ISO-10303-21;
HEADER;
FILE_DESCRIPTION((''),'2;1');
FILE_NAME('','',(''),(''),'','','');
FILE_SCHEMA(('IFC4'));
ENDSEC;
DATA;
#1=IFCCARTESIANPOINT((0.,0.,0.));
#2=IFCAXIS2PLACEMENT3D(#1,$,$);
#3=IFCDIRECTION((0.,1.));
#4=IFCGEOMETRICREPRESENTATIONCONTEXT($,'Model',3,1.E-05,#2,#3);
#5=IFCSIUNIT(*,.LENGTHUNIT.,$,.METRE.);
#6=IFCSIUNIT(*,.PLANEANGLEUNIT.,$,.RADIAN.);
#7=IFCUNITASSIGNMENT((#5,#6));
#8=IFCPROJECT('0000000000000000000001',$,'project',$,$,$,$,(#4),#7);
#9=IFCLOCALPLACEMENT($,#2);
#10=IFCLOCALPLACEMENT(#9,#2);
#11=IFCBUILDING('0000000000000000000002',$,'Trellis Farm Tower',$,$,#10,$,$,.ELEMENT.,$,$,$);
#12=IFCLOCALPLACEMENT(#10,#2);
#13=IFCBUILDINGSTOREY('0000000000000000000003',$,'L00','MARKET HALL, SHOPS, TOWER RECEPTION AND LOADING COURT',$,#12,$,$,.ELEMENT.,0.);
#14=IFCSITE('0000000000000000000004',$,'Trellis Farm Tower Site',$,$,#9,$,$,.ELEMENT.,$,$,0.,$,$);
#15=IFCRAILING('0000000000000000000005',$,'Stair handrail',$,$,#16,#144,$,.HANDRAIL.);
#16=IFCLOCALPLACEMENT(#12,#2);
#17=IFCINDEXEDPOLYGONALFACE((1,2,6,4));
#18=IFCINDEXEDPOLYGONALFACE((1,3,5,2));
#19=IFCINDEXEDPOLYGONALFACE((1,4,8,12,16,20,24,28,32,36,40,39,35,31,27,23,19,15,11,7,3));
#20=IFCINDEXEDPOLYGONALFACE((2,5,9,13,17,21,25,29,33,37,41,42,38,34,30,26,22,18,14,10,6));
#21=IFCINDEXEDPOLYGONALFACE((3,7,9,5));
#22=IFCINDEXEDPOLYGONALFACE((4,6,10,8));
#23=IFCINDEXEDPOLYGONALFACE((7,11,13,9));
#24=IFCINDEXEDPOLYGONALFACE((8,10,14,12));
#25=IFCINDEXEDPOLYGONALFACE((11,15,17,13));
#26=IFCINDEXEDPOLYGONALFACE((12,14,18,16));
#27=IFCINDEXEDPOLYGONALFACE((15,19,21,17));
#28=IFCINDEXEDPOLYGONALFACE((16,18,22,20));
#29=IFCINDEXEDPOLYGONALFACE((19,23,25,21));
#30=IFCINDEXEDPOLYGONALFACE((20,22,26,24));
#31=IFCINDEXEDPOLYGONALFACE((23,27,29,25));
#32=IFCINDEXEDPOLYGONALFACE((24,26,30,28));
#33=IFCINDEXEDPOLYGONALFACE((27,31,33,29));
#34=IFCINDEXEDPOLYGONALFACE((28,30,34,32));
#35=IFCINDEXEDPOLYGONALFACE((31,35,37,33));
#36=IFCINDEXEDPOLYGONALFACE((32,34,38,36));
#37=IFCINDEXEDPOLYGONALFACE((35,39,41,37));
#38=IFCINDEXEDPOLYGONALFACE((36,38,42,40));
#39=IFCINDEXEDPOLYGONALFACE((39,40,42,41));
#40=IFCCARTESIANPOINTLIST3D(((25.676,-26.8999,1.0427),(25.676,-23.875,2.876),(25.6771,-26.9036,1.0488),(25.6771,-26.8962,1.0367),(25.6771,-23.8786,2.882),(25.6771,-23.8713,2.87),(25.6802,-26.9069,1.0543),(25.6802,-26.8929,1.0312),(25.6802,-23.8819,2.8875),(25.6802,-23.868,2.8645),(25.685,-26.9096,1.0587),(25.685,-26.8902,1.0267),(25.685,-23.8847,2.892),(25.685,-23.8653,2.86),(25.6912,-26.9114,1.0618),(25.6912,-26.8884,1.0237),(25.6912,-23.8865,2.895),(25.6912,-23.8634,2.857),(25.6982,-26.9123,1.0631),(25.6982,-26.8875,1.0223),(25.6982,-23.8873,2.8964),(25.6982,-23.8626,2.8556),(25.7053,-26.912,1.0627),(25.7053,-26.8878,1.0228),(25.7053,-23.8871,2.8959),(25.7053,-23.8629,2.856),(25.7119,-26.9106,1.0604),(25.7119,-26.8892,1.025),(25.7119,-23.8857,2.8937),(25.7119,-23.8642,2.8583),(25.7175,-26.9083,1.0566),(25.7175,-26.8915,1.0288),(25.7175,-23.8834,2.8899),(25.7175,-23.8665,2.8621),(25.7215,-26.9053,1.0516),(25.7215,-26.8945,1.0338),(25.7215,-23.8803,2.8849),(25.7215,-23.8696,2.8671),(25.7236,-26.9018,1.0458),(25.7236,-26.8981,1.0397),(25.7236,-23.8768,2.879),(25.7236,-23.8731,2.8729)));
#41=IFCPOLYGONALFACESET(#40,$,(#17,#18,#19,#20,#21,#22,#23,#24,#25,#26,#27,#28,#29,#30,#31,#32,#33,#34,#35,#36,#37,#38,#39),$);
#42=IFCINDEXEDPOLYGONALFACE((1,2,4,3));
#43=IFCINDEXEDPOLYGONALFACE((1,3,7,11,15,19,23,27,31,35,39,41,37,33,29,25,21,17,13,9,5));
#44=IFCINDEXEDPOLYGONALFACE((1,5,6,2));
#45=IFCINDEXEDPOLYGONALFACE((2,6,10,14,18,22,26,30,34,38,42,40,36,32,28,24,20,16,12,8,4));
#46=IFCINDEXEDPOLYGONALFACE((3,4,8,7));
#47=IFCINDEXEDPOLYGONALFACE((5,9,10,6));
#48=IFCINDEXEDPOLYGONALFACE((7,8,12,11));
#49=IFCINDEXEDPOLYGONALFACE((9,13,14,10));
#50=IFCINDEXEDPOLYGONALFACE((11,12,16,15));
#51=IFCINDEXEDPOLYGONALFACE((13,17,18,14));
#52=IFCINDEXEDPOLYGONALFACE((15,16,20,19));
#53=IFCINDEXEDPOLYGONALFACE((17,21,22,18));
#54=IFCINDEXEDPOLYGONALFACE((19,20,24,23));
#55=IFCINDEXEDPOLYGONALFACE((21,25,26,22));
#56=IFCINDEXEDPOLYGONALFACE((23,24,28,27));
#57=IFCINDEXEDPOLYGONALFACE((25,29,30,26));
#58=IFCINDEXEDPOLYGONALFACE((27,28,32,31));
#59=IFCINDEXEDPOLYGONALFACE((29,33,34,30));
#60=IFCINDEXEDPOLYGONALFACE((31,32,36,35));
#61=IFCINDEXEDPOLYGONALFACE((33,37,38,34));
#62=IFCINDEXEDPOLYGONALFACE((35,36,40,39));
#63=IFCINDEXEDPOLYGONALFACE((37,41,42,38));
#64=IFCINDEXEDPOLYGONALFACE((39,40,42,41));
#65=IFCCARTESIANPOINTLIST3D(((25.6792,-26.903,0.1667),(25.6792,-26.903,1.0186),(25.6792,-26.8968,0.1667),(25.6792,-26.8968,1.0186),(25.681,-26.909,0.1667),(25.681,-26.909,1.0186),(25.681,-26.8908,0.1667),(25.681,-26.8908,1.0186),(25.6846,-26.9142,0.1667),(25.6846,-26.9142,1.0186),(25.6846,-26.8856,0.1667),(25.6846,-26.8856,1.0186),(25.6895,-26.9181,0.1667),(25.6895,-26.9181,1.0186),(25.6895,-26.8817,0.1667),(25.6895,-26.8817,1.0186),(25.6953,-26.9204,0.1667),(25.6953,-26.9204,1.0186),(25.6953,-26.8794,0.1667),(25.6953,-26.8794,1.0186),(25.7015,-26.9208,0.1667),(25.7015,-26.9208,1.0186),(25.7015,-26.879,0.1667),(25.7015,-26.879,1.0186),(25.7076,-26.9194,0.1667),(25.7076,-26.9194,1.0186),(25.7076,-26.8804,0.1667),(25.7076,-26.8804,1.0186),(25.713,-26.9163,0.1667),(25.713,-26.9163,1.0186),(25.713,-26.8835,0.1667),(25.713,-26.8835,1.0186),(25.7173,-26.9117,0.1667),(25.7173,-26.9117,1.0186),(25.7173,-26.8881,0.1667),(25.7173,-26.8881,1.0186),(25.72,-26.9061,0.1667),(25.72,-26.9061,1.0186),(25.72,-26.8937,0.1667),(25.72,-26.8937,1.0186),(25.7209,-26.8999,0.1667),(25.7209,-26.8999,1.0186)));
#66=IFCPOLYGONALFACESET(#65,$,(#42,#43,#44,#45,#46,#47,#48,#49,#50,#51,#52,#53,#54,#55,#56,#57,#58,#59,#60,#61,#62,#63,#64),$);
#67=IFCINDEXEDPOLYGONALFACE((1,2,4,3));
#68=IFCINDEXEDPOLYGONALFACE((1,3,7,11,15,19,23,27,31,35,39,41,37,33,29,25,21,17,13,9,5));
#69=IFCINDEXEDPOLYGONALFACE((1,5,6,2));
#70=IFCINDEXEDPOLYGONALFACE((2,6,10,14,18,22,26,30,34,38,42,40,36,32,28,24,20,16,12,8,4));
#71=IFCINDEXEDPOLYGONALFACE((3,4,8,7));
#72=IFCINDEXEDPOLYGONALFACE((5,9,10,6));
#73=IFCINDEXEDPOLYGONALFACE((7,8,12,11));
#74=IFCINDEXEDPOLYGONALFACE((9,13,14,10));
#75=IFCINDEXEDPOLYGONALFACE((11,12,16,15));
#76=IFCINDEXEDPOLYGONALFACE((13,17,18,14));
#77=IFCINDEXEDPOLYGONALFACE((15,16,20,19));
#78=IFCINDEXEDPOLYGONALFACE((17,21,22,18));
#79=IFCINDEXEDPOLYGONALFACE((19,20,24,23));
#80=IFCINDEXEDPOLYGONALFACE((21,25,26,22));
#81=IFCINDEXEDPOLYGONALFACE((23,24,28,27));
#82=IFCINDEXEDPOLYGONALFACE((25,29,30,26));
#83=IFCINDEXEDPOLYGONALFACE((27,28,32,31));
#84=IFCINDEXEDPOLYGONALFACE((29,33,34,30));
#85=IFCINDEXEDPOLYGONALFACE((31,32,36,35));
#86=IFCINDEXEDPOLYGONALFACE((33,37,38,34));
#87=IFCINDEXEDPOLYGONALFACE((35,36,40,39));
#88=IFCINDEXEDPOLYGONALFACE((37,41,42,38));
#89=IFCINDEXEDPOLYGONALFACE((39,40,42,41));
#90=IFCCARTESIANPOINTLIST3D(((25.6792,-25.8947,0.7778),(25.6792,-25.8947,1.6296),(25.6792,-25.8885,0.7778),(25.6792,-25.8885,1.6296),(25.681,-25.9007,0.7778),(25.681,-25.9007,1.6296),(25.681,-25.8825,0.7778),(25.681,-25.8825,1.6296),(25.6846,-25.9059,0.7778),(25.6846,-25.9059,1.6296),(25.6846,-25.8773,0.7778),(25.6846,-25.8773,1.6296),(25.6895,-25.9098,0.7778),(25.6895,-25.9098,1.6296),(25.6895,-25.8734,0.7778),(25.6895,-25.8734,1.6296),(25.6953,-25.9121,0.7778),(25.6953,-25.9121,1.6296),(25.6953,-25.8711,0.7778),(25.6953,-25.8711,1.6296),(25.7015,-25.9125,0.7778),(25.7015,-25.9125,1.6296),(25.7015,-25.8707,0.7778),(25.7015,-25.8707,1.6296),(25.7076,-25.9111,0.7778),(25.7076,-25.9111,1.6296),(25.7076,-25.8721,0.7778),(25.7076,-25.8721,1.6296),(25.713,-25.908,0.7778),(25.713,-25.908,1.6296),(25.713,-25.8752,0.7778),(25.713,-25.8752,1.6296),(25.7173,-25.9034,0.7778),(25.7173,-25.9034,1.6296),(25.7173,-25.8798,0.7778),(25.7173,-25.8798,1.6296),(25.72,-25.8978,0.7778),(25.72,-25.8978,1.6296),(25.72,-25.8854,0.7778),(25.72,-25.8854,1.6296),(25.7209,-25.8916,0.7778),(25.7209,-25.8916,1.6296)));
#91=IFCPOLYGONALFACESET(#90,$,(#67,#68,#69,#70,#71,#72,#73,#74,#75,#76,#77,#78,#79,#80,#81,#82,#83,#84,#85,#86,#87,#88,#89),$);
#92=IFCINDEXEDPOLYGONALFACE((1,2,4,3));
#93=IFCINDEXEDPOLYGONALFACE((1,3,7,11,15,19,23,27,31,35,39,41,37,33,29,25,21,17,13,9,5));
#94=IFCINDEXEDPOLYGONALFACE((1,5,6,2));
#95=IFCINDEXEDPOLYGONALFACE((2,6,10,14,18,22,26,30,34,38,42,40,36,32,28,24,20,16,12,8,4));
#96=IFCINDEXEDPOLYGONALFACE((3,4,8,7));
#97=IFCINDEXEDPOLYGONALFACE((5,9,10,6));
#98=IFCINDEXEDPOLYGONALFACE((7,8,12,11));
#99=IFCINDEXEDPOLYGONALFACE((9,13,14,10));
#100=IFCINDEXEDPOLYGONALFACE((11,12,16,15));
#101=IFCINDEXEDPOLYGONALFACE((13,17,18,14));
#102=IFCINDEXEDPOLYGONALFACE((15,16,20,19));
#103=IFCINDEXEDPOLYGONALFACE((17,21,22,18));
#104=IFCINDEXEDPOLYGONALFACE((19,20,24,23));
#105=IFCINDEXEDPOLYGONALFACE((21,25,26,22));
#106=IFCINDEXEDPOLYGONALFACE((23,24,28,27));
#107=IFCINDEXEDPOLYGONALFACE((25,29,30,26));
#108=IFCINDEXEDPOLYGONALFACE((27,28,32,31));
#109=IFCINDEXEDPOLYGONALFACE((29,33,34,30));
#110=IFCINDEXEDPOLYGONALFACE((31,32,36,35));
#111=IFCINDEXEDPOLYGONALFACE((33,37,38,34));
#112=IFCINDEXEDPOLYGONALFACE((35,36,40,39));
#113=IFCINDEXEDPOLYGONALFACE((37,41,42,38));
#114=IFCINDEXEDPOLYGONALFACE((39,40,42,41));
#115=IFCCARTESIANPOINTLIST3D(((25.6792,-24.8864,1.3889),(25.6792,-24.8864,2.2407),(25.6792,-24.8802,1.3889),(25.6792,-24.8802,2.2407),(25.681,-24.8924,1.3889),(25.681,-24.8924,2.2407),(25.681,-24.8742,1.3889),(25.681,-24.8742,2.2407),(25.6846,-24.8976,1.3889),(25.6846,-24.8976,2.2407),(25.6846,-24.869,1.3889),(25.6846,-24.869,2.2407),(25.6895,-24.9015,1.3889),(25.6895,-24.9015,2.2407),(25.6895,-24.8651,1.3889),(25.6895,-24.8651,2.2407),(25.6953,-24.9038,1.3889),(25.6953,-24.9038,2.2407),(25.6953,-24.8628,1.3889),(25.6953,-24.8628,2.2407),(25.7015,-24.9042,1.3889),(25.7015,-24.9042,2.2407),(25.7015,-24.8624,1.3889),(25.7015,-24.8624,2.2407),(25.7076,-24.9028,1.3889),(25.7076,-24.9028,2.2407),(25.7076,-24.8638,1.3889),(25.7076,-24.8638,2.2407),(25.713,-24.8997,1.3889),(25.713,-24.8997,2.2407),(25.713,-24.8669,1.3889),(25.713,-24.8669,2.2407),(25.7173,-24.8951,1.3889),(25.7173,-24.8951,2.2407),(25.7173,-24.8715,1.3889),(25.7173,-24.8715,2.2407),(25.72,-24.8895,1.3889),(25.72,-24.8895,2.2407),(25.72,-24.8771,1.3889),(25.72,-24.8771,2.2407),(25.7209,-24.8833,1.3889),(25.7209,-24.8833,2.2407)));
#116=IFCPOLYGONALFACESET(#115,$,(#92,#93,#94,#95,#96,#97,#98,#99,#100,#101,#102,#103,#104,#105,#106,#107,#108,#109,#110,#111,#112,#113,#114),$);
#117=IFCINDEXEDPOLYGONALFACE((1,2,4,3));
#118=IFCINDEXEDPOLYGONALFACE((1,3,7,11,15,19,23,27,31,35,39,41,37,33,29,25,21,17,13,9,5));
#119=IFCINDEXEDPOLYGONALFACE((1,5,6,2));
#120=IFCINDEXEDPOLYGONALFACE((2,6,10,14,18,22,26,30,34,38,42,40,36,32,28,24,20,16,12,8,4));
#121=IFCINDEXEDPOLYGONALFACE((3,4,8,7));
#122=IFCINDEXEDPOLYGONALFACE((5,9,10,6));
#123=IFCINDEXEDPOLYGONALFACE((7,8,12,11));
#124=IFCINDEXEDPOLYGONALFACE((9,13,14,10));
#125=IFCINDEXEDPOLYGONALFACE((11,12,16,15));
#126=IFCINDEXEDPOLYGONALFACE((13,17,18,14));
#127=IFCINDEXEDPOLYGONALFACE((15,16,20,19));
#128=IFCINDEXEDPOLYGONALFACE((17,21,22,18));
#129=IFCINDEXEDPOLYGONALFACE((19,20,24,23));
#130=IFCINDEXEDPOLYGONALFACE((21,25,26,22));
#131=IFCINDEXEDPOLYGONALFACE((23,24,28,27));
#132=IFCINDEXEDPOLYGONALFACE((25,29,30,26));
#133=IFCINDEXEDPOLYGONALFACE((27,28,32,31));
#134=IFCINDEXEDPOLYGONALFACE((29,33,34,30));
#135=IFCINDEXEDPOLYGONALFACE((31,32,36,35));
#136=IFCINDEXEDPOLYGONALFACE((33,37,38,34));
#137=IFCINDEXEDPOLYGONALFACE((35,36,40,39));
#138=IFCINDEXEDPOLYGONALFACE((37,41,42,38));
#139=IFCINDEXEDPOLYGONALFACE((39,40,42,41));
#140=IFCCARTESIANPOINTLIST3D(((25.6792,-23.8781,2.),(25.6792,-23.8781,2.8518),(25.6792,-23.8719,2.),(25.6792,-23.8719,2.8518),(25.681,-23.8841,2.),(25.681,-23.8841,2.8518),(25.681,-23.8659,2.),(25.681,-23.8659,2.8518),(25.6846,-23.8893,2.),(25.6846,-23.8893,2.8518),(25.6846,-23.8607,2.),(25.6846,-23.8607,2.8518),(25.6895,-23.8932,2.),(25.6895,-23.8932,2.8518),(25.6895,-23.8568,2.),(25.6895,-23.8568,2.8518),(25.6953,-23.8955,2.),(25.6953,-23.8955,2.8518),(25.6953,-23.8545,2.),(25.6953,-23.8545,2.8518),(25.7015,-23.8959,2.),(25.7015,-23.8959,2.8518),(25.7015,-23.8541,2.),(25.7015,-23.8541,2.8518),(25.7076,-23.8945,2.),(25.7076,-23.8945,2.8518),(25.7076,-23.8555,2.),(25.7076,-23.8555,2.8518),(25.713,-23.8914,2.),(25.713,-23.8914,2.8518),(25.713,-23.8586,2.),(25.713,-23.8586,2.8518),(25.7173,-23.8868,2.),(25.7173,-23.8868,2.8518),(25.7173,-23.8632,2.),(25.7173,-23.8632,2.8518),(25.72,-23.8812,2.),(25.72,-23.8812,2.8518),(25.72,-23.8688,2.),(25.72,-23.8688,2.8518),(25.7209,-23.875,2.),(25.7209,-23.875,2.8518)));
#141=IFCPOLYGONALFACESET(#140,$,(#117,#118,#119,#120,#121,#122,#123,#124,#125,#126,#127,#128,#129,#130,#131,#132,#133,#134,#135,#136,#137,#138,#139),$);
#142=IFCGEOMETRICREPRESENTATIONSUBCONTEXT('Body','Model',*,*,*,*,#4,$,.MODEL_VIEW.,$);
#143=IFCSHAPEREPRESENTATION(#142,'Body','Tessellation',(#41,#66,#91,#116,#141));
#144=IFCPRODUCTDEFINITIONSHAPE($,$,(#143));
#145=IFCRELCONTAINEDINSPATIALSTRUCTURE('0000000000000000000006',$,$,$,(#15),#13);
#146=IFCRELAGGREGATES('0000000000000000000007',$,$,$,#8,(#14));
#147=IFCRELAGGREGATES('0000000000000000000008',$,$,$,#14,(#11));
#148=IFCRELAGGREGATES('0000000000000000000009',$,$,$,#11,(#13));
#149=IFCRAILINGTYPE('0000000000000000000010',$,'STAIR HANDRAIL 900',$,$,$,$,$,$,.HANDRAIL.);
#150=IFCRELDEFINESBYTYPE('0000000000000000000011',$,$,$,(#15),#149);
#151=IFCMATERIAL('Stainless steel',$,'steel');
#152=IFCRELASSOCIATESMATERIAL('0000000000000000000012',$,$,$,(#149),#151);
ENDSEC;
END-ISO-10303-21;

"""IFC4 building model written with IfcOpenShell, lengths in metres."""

from ifc_helpers import new_model, si_unit, direction, frame, origin, origin_2d, place, context, subcontext, project, spatial, circle, extrude, source, transform, mapped, material, type_object, element, save


model = new_model("IFC4")

# Units and contexts
model_context = context("Model", 3, precision=1e-05, world=origin(), true_north=direction((0.0, 1.0)))
body_context = subcontext(model_context, "Body", "Model", "MODEL_VIEW")
ifc_project = project(units=[si_unit("LENGTHUNIT", "METRE"), si_unit("PLANEANGLEUNIT", "RADIAN")], contexts=[model_context])

# Site, building, storey
site_placement = place(None, origin())
site = spatial("IfcSite", under=ifc_project, at=site_placement, Name="Trellis Farm Tower Site", CompositionType="ELEMENT", RefElevation=0.0)
building_placement = place(site_placement, origin())
building = spatial("IfcBuilding", under=site, at=building_placement, Name="Trellis Farm Tower", CompositionType="ELEMENT")
storey_placement = place(building_placement, origin())
storey = spatial("IfcBuildingStorey", under=building, at=storey_placement, Name="L00", Description="MARKET HALL, SHOPS, TOWER RECEPTION AND LOADING COURT", CompositionType="ELEMENT", Elevation=0.0)

# Railing
ifc_material_1 = material(Name="Stainless steel", Category="steel")
railing_type = type_object("IfcRailingType", Name="STAIR HANDRAIL 900", PredefinedType="HANDRAIL", material=ifc_material_1)
shared_shape_1 = source(origin(), body_context, "Body", "SweptSolid", [
    extrude(circle(Radius=0.0239, at=origin_2d()), frame((0.0, 0.0, 0.876), z_axis=(0.0, 0.855201, 0.518297), x_axis=(-1.0, 0.0, 0.0)), (0.0, 0.0, 1.0), 3.5371),
    extrude(circle(Radius=0.021, at=origin_2d()), origin(), (0.0, 0.0, 1.0), 0.8518),
    extrude(circle(Radius=0.021, at=origin_2d()), frame((0.0, 1.0083, 0.6111)), (0.0, 0.0, 1.0), 0.8518),
    extrude(circle(Radius=0.021, at=origin_2d()), frame((0.0, 2.0166, 1.2222)), (0.0, 0.0, 1.0), 0.8518),
    extrude(circle(Radius=0.021, at=origin_2d()), frame((0.0, 3.0249, 1.8333)), (0.0, 0.0, 1.0), 0.8518),
])
for number, where, name in (
    (1, (25.7, -26.8999, 0.1667), "Stair handrail"),
):
    element("IfcRailing", number, at=place(storey_placement, frame(where)), inside=storey, type_object=railing_type, Name=name, PredefinedType="HANDRAIL", context=body_context, shape_type="MappedRepresentation", body=[
        mapped(shared_shape_1, transform((0.0, 0.0, 0.0))),
    ])

save(model, "model.ifc")
